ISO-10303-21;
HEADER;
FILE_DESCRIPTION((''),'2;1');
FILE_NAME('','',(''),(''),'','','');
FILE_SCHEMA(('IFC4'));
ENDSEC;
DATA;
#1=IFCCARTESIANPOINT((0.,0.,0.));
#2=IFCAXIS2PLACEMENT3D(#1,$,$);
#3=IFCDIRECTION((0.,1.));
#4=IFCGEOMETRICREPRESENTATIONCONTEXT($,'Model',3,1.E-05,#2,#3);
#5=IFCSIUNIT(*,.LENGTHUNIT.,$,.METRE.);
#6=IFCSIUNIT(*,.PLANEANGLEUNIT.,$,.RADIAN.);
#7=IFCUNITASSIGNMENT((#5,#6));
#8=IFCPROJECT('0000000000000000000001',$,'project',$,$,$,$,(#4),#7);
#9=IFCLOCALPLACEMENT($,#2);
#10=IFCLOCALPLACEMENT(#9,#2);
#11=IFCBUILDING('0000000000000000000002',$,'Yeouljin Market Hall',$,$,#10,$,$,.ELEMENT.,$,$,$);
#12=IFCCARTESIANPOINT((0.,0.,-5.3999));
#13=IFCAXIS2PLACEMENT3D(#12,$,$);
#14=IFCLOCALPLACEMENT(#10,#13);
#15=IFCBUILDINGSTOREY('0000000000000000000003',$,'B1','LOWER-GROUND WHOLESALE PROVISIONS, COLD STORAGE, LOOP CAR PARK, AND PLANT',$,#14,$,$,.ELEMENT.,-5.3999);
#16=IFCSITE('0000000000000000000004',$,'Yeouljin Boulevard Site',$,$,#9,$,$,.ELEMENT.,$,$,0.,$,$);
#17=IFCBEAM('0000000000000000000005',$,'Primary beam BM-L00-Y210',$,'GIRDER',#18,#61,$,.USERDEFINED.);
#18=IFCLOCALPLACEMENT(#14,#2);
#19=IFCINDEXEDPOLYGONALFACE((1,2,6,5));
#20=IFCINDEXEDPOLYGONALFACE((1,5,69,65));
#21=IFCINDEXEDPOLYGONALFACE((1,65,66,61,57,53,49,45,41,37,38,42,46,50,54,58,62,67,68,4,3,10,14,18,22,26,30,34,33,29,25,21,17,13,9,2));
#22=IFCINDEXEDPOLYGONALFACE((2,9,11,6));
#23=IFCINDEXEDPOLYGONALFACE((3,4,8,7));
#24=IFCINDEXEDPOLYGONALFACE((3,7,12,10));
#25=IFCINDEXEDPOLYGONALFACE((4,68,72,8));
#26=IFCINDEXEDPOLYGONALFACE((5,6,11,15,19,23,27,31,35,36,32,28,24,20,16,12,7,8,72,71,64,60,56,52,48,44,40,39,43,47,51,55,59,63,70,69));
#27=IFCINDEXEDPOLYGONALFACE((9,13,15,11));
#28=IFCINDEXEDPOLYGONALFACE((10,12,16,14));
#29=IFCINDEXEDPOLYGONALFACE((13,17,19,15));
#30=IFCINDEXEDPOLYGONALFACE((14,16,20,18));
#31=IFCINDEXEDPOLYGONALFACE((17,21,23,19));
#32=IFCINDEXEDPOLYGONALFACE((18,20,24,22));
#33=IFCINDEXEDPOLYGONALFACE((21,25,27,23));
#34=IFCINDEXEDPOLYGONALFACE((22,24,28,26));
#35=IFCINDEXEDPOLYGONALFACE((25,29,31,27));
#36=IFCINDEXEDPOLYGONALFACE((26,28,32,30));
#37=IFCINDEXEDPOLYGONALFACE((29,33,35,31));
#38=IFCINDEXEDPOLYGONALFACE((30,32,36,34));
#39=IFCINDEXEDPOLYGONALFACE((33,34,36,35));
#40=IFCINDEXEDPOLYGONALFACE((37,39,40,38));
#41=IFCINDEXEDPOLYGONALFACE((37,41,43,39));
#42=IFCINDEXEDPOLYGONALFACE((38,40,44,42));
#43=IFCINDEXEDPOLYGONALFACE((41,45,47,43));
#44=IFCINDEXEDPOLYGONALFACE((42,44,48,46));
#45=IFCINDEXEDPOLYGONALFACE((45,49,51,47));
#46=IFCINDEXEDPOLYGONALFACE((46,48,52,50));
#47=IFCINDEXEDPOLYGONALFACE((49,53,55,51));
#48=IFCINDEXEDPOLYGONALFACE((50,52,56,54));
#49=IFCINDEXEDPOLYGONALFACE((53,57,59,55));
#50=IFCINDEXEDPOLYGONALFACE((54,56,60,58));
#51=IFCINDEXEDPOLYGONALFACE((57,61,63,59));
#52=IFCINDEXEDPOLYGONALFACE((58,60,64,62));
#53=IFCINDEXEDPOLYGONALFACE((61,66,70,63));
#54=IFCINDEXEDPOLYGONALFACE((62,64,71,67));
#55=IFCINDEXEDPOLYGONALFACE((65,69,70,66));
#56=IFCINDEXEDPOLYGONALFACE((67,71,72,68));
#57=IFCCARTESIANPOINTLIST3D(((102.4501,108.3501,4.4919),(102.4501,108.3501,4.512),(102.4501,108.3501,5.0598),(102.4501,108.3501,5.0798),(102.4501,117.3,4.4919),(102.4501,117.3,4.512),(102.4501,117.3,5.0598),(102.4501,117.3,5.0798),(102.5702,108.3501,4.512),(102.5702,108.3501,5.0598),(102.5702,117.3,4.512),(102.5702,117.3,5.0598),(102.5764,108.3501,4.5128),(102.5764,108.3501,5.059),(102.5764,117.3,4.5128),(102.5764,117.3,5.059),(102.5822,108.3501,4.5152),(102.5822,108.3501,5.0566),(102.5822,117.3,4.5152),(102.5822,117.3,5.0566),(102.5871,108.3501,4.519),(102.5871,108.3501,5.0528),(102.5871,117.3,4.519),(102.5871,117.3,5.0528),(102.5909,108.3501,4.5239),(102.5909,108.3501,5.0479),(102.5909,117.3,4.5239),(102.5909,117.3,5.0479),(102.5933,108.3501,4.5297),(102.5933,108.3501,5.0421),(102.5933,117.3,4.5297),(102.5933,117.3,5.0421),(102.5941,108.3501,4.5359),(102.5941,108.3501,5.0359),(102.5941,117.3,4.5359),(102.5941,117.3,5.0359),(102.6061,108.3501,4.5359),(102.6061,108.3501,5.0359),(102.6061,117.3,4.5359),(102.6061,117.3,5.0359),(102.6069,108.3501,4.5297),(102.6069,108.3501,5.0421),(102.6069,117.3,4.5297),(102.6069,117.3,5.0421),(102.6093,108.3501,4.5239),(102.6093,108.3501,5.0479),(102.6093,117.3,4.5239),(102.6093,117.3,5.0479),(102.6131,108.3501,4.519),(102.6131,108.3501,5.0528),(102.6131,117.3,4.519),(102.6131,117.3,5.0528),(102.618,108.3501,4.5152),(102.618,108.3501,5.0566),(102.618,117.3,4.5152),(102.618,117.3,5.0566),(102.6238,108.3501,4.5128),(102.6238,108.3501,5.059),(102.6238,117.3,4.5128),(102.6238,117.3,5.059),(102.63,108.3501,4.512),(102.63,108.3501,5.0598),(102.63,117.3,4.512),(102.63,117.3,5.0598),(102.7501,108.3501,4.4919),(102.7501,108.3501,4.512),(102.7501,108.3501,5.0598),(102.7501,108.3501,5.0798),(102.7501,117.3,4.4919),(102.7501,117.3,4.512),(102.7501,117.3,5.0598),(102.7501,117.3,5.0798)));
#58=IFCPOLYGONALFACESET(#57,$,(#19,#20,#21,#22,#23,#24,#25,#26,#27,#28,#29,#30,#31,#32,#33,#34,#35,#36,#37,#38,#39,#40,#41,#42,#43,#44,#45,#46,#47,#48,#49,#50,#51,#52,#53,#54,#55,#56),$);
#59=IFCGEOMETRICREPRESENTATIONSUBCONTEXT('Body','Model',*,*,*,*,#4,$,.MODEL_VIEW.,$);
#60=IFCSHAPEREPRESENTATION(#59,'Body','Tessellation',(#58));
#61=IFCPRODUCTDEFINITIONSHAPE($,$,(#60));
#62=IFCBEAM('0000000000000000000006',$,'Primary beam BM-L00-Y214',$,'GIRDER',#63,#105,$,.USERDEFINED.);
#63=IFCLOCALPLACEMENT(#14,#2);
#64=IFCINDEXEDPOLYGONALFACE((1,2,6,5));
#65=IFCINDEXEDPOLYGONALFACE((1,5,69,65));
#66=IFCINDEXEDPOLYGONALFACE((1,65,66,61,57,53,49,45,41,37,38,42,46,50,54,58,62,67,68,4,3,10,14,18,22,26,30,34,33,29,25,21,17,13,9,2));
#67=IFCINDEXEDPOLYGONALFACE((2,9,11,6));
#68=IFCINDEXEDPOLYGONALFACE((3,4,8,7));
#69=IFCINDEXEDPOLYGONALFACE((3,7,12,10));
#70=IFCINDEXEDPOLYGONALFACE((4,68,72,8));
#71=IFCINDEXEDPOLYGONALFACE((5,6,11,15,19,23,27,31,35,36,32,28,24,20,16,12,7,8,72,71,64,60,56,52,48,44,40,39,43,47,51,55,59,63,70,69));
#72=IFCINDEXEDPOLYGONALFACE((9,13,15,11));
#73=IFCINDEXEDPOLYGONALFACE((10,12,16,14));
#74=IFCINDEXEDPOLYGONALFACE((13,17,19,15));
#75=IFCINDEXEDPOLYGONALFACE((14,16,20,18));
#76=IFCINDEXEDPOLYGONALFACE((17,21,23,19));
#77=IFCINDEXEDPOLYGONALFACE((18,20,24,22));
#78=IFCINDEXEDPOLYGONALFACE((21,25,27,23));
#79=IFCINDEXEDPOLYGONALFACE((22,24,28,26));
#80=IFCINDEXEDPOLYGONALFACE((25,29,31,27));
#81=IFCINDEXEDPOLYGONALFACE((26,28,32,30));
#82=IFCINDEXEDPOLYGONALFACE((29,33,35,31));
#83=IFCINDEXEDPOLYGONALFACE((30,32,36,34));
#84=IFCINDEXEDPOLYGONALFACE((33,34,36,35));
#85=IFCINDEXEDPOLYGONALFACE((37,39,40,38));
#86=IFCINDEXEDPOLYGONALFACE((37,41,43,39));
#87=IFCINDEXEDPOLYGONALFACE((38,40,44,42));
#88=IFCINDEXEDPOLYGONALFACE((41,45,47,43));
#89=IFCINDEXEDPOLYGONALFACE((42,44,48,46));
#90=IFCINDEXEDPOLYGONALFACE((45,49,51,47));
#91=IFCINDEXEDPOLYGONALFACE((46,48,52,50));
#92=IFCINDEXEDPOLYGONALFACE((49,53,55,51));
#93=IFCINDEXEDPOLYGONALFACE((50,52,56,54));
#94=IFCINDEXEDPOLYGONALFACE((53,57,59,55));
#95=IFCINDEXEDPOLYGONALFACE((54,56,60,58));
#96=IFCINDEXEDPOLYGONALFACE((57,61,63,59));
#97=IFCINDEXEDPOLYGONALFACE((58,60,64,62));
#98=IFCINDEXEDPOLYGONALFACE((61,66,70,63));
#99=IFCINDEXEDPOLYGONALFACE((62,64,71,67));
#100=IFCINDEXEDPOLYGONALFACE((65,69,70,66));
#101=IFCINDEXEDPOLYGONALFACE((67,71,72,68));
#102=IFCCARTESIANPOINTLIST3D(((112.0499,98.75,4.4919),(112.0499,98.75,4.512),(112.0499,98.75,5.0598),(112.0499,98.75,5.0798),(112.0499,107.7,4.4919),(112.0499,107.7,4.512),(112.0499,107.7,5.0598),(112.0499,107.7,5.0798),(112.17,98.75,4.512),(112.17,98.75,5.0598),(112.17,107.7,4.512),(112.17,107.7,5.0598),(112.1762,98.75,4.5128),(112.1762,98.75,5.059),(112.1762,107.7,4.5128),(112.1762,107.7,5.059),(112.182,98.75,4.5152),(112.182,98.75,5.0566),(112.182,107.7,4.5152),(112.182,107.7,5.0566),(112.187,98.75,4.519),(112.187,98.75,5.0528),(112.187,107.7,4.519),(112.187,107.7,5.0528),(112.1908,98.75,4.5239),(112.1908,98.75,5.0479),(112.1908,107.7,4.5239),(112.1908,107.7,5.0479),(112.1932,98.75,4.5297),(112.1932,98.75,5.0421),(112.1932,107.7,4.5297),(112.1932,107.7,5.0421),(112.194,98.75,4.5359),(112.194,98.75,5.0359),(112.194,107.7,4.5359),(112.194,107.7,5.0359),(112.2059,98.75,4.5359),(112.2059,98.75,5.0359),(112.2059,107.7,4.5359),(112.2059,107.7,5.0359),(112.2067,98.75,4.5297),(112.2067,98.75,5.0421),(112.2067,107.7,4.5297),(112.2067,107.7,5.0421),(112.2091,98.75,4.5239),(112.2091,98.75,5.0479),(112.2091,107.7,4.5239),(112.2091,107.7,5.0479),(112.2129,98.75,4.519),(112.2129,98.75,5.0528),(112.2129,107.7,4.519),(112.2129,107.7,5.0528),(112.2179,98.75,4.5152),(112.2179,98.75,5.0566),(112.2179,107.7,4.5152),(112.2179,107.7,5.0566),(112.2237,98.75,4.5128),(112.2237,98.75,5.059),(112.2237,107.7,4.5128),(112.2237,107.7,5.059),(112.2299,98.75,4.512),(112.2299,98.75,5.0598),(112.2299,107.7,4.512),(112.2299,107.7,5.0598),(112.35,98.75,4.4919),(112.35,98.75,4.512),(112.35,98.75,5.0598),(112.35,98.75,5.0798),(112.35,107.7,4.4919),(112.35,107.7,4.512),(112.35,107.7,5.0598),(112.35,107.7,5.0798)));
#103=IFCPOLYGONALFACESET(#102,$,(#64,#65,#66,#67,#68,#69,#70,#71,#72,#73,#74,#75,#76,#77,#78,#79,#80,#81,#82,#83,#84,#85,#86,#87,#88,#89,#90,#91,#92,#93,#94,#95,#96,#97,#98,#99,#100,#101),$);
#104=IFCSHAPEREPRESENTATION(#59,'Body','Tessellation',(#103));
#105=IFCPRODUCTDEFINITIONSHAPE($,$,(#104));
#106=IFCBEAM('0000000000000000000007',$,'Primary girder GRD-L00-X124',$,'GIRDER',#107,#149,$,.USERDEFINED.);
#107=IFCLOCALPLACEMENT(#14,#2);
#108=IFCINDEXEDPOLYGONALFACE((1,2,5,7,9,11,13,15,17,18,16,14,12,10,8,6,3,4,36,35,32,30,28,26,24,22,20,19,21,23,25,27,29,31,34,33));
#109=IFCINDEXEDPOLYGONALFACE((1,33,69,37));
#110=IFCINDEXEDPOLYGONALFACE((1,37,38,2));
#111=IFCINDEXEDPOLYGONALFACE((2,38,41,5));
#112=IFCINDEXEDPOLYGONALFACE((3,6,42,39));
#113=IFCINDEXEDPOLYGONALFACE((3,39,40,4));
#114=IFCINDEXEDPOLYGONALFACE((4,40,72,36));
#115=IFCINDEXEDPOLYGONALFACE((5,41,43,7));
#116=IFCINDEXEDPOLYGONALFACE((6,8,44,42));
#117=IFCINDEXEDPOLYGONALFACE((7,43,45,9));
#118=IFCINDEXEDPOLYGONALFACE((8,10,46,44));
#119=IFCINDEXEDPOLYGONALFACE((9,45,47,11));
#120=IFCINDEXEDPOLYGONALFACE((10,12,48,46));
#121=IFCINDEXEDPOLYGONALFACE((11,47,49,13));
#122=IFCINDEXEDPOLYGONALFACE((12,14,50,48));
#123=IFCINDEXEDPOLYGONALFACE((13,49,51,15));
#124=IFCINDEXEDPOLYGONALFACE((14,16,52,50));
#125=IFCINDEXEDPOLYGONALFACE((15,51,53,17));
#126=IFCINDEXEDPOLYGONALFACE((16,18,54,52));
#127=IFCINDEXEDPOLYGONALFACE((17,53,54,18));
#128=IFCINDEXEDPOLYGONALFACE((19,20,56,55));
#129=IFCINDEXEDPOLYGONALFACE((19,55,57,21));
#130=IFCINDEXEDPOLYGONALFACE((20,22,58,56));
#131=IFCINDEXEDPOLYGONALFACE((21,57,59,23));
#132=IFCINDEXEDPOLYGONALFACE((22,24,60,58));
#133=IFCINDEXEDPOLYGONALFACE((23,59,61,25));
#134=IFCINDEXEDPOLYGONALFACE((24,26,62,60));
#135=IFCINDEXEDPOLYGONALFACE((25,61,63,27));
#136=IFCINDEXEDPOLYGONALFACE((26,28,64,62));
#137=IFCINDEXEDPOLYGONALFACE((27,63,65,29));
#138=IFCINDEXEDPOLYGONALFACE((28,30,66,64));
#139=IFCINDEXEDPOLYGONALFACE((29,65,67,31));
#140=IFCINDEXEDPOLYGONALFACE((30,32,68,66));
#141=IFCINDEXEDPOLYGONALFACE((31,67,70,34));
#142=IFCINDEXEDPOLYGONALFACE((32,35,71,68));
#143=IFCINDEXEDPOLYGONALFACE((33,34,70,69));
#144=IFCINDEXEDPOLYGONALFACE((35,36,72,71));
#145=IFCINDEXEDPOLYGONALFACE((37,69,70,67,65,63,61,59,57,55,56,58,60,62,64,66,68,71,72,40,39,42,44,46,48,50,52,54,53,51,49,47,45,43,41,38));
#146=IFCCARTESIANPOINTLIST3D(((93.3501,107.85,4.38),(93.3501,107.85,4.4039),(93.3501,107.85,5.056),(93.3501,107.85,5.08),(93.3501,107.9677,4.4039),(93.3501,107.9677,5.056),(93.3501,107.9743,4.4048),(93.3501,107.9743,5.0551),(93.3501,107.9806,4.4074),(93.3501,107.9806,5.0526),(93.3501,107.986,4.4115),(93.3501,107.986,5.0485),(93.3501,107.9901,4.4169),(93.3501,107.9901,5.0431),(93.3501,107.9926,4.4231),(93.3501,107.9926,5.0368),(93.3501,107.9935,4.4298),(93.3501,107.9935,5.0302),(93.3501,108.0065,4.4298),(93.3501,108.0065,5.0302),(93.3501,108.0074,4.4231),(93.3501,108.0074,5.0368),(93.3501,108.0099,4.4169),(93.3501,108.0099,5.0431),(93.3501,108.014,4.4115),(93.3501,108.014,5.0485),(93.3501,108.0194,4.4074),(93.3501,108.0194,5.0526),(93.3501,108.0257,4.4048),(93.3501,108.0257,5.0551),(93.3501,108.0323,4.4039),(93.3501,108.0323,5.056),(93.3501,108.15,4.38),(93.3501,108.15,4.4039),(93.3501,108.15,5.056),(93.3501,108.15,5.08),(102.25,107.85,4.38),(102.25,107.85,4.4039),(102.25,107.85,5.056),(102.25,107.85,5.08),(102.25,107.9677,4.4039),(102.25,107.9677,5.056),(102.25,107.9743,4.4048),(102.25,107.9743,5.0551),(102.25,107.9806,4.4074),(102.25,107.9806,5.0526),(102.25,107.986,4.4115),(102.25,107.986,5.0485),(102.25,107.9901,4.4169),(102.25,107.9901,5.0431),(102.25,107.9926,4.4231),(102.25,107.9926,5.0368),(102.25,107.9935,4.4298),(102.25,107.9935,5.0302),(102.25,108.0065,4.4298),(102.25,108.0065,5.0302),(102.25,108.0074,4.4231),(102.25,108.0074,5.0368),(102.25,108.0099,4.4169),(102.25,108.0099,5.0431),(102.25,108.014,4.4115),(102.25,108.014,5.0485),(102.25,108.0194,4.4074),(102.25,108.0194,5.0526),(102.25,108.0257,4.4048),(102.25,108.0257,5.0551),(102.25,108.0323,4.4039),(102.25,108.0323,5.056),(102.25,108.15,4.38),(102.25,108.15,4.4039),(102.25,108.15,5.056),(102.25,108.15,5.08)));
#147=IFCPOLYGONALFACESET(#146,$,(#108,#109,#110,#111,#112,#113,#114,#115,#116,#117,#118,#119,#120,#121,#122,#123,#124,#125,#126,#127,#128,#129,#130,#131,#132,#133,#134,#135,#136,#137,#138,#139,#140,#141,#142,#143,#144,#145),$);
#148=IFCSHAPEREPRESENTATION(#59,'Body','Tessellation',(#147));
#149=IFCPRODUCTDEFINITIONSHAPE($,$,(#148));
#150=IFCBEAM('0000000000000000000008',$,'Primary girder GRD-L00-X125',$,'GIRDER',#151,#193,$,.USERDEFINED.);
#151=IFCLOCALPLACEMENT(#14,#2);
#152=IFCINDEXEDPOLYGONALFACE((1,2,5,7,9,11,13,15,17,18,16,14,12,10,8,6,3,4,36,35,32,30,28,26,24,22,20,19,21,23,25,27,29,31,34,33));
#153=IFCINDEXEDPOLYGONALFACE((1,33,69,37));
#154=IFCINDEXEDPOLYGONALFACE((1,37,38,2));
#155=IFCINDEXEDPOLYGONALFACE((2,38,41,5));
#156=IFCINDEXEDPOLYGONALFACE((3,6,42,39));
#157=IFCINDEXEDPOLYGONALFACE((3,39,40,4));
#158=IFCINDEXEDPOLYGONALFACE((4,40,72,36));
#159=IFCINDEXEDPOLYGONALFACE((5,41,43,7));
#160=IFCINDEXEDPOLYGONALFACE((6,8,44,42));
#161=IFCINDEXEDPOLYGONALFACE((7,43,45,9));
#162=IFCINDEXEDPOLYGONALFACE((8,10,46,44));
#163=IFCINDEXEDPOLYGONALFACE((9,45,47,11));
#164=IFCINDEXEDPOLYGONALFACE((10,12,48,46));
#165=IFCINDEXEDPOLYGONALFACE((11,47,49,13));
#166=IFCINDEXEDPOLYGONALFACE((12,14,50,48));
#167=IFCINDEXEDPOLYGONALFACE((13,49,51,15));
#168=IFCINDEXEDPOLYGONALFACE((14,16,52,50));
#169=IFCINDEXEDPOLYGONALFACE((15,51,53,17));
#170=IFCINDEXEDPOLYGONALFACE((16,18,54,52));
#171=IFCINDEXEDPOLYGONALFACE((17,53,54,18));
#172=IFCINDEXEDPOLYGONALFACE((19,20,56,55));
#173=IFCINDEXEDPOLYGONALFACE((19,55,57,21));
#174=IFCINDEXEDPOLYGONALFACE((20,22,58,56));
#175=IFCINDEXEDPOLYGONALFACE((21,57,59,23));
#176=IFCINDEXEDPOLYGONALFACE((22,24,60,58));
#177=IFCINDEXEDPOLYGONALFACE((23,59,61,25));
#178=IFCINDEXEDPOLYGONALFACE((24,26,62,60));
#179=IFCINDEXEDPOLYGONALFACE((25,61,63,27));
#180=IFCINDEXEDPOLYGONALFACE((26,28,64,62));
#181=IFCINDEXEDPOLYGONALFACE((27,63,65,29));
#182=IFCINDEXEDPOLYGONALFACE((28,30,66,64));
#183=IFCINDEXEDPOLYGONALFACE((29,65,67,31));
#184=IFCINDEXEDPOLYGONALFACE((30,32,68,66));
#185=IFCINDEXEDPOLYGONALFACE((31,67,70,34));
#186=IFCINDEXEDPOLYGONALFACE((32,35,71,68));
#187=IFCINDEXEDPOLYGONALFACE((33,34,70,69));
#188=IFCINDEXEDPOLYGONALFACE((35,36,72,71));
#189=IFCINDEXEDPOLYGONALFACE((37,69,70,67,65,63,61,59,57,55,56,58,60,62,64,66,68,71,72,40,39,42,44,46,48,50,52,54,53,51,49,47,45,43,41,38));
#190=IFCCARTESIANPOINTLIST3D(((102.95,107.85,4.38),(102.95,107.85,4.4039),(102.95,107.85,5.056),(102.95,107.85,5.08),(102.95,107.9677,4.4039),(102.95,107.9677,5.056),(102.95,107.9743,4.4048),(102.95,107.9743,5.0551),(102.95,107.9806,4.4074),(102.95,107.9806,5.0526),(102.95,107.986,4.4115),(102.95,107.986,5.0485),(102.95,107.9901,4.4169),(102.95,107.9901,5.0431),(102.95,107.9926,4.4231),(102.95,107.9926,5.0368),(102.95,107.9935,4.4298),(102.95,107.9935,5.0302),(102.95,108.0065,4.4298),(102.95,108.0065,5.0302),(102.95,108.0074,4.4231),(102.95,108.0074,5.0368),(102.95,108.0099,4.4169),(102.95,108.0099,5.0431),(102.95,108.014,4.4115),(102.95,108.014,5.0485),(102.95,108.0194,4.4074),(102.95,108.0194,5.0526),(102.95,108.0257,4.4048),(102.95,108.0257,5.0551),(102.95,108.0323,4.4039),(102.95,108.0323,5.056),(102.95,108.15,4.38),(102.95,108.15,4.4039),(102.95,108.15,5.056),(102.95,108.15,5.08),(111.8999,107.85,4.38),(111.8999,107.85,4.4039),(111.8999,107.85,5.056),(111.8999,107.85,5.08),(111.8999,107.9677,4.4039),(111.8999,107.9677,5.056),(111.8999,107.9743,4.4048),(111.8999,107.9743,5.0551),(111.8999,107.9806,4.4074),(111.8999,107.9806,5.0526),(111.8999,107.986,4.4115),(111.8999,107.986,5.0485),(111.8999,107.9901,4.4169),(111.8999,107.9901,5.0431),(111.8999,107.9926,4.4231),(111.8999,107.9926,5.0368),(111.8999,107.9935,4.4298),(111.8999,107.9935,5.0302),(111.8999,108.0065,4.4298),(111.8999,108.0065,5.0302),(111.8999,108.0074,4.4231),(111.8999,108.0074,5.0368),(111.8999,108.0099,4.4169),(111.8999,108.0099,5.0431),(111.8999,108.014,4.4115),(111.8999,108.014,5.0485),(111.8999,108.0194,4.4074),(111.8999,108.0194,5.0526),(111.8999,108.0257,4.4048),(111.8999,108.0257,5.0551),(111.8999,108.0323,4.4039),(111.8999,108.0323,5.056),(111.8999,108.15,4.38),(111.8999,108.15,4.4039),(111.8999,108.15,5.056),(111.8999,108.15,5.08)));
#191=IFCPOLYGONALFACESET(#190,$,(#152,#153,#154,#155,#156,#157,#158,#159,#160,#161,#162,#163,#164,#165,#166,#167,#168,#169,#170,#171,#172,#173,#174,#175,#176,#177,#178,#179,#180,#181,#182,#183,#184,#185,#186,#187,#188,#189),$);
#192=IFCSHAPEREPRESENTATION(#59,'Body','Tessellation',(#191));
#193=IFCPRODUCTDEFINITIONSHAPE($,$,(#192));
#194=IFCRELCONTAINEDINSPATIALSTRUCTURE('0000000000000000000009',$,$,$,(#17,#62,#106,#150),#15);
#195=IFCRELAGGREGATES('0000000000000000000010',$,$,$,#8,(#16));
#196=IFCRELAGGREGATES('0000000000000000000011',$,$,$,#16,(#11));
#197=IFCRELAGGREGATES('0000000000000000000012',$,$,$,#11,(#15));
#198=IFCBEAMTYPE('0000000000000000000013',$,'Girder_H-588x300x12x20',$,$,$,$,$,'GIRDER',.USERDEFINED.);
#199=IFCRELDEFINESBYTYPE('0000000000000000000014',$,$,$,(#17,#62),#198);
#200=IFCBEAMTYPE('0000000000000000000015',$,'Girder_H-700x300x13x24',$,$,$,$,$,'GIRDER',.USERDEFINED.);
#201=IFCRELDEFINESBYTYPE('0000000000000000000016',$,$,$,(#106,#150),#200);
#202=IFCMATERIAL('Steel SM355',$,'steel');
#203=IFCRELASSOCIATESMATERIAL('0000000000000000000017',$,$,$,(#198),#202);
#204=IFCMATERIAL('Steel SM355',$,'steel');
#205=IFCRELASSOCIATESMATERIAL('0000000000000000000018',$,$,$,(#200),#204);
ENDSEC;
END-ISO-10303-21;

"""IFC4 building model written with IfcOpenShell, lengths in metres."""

from ifc_helpers import new_model, si_unit, direction, frame, origin, origin_2d, place, context, subcontext, project, spatial, i_section, extrude, material, material_profile, profile_set, type_object, element, save


model = new_model("IFC4")

# Units and contexts
model_context = context("Model", 3, precision=1e-05, world=origin(), true_north=direction((0.0, 1.0)))
body_context = subcontext(model_context, "Body", "Model", "MODEL_VIEW")
ifc_project = project(units=[si_unit("LENGTHUNIT", "METRE"), si_unit("PLANEANGLEUNIT", "RADIAN")], contexts=[model_context])

# Site, building, storey
site_placement = place(None, origin())
site = spatial("IfcSite", under=ifc_project, at=site_placement, Name="Yeouljin Boulevard Site", CompositionType="ELEMENT", RefElevation=0.0)
building_placement = place(site_placement, origin())
building = spatial("IfcBuilding", under=site, at=building_placement, Name="Yeouljin Market Hall", CompositionType="ELEMENT")
storey_placement = place(building_placement, frame((0.0, 0.0, -5.3999)))
storey = spatial("IfcBuildingStorey", under=building, at=storey_placement, Name="B1", Description="LOWER-GROUND WHOLESALE PROVISIONS, COLD STORAGE, LOOP CAR PARK, AND PLANT", CompositionType="ELEMENT", Elevation=-5.3999)

# Beams
ifc_material_1 = material(Name="Steel SM355", Category="steel")
ifc_material_profile_1 = material_profile(ifc_material_1, i_section(OverallWidth=0.3, OverallDepth=0.5879, WebThickness=0.012, FlangeThickness=0.02, FilletRadius=0.0239, at=origin_2d()), Name="H-588x300x12x20")
ifc_profile_set_1 = profile_set([ifc_material_profile_1], Name="Steel SM355")
beam_type_1 = type_object("IfcBeamType", Name="Girder_H-588x300x12x20", ElementType="GIRDER", PredefinedType="USERDEFINED", material=ifc_profile_set_1)
for number, where, z_axis, x_axis, name in (
    (1, (102.6001, 108.3501, 4.7859), (0.0, 1.0, 0.0), (-1.0, 0.0, 0.0), "Primary beam BM-L00-Y210"),
    (2, (112.2, 98.75, 4.7859), (0.0, 1.0, 0.0), (-1.0, 0.0, 0.0), "Primary beam BM-L00-Y214"),
):
    element("IfcBeam", number, at=place(storey_placement, frame(where, z_axis=z_axis, x_axis=x_axis)), inside=storey, type_object=beam_type_1, Name=name, ObjectType="GIRDER", PredefinedType="USERDEFINED", context=body_context, shape_type="SweptSolid", body=[
        extrude(i_section(OverallWidth=0.3, OverallDepth=0.5879, WebThickness=0.012, FlangeThickness=0.02, FilletRadius=0.0239, at=origin_2d()), origin(), (0.0, 0.0, 1.0), 8.95),
    ])
ifc_material_2 = material(Name="Steel SM355", Category="steel")
ifc_material_profile_2 = material_profile(ifc_material_2, i_section(OverallWidth=0.3, OverallDepth=0.7, WebThickness=0.0129, FlangeThickness=0.0239, FilletRadius=0.0259, at=origin_2d()), Name="H-700x300x13x24")
ifc_profile_set_2 = profile_set([ifc_material_profile_2], Name="Steel SM355")
beam_type_2 = type_object("IfcBeamType", Name="Girder_H-700x300x13x24", ElementType="GIRDER", PredefinedType="USERDEFINED", material=ifc_profile_set_2)
beam_1_placement = place(storey_placement, frame((93.3501, 108.0, 4.73), z_axis=(1.0, 0.0, 0.0), x_axis=(0.0, 1.0, 0.0)))
element("IfcBeam", 3, at=beam_1_placement, inside=storey, type_object=beam_type_2, Name="Primary girder GRD-L00-X124", ObjectType="GIRDER", PredefinedType="USERDEFINED", context=body_context, shape_type="SweptSolid", body=[
    extrude(i_section(OverallWidth=0.3, OverallDepth=0.7, WebThickness=0.0129, FlangeThickness=0.0239, FilletRadius=0.0259, at=origin_2d()), origin(), (0.0, 0.0, 1.0), 8.8999),
])
beam_2_placement = place(storey_placement, frame((102.95, 108.0, 4.73), z_axis=(1.0, 0.0, 0.0), x_axis=(0.0, 1.0, 0.0)))
element("IfcBeam", 4, at=beam_2_placement, inside=storey, type_object=beam_type_2, Name="Primary girder GRD-L00-X125", ObjectType="GIRDER", PredefinedType="USERDEFINED", context=body_context, shape_type="SweptSolid", body=[
    extrude(i_section(OverallWidth=0.3, OverallDepth=0.7, WebThickness=0.0129, FlangeThickness=0.0239, FilletRadius=0.0259, at=origin_2d()), origin(), (0.0, 0.0, 1.0), 8.95),
])

save(model, "model.ifc")
